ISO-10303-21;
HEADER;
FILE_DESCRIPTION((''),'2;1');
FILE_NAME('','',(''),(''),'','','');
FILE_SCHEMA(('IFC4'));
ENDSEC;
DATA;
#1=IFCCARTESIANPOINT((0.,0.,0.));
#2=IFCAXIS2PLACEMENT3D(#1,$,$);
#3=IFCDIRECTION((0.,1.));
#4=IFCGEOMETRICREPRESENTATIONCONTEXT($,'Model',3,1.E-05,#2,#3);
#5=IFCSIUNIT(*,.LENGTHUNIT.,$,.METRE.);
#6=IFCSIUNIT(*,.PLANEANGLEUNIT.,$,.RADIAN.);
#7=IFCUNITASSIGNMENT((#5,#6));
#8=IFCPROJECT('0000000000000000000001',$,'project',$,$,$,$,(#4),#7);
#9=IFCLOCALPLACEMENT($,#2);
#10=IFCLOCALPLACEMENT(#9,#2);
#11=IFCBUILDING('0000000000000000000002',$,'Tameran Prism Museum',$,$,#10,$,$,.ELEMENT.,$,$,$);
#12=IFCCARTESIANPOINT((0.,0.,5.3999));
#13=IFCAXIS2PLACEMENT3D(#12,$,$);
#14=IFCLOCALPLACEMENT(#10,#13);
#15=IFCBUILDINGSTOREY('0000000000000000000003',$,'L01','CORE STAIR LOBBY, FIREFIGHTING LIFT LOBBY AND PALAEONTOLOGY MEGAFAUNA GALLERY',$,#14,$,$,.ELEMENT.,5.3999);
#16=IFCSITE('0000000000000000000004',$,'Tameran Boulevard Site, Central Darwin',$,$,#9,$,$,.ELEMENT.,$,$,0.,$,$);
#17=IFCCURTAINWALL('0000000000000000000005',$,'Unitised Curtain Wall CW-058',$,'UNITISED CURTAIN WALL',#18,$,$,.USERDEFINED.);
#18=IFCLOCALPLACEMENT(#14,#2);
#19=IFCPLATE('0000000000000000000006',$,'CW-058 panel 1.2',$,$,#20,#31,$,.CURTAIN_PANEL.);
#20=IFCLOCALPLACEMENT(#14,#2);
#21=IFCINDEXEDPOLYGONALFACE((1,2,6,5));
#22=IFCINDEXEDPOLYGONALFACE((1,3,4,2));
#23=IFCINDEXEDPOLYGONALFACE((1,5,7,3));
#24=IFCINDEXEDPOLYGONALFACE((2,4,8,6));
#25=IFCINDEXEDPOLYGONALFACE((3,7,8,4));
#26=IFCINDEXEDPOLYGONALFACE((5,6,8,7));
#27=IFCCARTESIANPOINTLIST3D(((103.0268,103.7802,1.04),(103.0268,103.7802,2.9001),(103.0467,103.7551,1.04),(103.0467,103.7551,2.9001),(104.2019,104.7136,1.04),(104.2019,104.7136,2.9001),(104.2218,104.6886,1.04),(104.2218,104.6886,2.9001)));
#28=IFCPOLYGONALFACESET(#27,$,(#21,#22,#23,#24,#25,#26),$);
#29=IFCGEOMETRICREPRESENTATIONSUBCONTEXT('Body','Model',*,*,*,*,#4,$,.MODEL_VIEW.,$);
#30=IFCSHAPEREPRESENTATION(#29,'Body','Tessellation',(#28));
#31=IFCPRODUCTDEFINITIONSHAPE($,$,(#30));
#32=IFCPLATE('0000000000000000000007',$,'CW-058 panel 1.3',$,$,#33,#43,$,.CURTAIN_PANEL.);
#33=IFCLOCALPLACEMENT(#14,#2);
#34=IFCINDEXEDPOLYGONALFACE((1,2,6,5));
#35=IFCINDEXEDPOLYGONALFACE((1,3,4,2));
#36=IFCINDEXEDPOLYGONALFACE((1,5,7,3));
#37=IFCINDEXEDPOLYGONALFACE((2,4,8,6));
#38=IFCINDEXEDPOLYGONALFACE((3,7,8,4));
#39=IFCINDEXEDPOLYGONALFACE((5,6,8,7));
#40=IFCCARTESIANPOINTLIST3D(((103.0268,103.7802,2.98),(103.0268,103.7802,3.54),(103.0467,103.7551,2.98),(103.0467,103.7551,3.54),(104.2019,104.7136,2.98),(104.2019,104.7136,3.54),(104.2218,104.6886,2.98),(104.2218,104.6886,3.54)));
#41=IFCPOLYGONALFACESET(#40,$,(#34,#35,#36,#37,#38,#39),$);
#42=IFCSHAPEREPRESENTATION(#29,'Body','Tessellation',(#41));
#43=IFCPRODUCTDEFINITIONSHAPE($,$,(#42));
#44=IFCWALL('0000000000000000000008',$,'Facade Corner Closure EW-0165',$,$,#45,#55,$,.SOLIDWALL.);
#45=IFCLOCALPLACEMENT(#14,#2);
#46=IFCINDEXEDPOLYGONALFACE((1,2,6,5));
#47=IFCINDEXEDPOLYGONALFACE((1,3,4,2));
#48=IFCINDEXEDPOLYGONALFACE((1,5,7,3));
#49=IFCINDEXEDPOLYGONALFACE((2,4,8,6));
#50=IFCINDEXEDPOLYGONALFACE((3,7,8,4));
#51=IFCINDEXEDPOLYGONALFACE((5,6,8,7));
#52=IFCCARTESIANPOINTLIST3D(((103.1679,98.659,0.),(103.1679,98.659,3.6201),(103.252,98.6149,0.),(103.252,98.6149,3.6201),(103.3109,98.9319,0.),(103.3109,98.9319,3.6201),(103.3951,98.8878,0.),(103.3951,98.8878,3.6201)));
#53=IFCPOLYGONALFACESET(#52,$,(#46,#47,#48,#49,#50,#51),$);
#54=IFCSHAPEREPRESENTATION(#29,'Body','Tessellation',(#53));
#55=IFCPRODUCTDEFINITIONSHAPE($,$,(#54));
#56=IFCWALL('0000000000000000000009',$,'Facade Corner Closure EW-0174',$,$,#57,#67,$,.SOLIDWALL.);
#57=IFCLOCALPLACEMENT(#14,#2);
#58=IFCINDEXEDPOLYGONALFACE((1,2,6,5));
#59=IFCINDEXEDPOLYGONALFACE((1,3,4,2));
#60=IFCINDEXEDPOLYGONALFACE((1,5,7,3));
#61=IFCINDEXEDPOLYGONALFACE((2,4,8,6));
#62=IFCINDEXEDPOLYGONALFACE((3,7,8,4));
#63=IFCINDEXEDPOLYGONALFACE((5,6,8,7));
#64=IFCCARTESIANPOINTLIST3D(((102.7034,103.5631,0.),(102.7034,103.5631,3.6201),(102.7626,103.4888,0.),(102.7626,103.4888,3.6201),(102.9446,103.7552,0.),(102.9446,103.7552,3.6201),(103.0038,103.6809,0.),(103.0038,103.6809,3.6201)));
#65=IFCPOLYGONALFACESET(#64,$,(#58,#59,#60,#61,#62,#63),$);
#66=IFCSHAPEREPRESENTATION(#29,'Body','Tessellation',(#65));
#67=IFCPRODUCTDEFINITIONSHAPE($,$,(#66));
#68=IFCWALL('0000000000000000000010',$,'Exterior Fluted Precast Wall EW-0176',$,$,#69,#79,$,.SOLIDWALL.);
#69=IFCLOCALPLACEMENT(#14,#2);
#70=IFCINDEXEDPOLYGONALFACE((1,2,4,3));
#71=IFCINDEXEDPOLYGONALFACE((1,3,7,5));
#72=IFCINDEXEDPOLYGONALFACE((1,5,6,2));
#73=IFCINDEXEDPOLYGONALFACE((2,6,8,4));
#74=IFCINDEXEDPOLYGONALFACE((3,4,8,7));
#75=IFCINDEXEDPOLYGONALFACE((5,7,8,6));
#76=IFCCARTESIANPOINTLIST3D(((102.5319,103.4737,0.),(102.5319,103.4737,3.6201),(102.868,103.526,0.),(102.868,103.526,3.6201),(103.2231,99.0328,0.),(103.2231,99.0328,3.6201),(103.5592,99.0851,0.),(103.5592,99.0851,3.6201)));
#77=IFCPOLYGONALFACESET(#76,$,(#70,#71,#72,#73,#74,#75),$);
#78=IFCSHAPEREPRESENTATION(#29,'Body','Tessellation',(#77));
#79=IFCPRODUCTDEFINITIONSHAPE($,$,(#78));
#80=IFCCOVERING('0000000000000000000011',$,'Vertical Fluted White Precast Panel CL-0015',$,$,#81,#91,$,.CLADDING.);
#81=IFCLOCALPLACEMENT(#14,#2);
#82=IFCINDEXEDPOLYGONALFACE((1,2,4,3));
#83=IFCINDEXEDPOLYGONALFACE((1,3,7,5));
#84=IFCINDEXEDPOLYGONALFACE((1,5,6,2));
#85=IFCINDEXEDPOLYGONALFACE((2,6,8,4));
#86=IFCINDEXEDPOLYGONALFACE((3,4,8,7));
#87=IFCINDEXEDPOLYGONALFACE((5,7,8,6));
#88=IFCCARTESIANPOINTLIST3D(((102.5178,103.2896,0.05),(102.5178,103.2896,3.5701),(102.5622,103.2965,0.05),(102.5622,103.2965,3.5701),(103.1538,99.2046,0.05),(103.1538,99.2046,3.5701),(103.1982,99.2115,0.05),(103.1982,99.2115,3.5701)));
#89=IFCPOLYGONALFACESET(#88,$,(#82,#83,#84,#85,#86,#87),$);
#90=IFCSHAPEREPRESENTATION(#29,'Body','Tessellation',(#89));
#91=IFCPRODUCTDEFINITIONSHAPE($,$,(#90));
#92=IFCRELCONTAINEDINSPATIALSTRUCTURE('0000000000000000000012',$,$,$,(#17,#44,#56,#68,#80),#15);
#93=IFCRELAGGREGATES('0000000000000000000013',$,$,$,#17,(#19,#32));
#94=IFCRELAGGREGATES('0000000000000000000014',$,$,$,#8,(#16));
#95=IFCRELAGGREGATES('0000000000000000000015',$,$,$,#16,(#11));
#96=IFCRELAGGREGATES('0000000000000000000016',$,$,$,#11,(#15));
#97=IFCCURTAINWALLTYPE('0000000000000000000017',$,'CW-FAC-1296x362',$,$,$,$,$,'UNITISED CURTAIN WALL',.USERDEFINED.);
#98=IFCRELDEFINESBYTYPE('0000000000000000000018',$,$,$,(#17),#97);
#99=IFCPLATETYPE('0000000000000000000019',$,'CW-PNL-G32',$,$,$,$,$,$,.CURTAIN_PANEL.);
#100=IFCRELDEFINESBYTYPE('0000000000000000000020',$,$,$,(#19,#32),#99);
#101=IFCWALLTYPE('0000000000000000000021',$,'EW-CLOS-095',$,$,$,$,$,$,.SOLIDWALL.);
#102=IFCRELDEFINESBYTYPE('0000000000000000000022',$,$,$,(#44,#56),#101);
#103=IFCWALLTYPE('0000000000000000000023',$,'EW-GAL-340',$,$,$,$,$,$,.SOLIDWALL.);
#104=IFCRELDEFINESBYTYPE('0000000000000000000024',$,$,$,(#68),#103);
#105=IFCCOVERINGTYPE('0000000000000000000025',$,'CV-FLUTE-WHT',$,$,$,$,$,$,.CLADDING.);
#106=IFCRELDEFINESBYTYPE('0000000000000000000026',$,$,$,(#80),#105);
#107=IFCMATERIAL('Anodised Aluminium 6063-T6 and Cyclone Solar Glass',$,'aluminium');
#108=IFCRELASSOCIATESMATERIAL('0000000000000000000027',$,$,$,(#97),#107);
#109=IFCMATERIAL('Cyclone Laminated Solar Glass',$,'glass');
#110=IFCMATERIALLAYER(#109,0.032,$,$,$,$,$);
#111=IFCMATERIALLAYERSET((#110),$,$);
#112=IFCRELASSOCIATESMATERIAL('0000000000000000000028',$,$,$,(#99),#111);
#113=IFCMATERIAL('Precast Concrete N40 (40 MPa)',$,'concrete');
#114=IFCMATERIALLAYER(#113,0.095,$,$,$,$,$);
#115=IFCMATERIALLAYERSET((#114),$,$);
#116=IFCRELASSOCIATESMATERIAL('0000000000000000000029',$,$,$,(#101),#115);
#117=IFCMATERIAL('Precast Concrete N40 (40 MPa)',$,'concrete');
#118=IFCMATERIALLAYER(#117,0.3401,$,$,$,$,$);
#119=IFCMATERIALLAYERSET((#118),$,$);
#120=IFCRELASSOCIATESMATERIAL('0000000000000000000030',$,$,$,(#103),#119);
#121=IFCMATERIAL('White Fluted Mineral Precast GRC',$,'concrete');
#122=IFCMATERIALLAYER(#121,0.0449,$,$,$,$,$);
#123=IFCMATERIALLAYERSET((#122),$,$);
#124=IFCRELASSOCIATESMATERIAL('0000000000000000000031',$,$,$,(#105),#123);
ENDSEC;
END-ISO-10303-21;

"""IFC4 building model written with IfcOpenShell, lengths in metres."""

from ifc_helpers import new_model, si_unit, direction, frame, frame_2d, origin, origin_2d, place, context, subcontext, project, spatial, rectangle, extrude, material, layer, layer_set, type_object, element, aggregate, save


model = new_model("IFC4")

# Units and contexts
model_context = context("Model", 3, precision=1e-05, world=origin(), true_north=direction((0.0, 1.0)))
body_context = subcontext(model_context, "Body", "Model", "MODEL_VIEW")
ifc_project = project(units=[si_unit("LENGTHUNIT", "METRE"), si_unit("PLANEANGLEUNIT", "RADIAN")], contexts=[model_context])

# Site, building, storey
site_placement = place(None, origin())
site = spatial("IfcSite", under=ifc_project, at=site_placement, Name="Tameran Boulevard Site, Central Darwin", CompositionType="ELEMENT", RefElevation=0.0)
building_placement = place(site_placement, origin())
building = spatial("IfcBuilding", under=site, at=building_placement, Name="Tameran Prism Museum", CompositionType="ELEMENT")
storey_placement = place(building_placement, frame((0.0, 0.0, 5.3999)))
storey = spatial("IfcBuildingStorey", under=building, at=storey_placement, Name="L01", Description="CORE STAIR LOBBY, FIREFIGHTING LIFT LOBBY AND PALAEONTOLOGY MEGAFAUNA GALLERY", CompositionType="ELEMENT", Elevation=5.3999)

# Curtain wall
ifc_material_1 = material(Name="Anodised Aluminium 6063-T6 and Cyclone Solar Glass", Category="aluminium")
curtain_wall_type_1 = type_object("IfcCurtainWallType", Name="CW-FAC-1296x362", ElementType="UNITISED CURTAIN WALL", PredefinedType="USERDEFINED", material=ifc_material_1)
curtain_wall_1_placement = place(storey_placement, origin())
curtain_wall_1 = element("IfcCurtainWall", 1, at=curtain_wall_1_placement, inside=storey, type_object=curtain_wall_type_1, Name="Unitised Curtain Wall CW-058", ObjectType="UNITISED CURTAIN WALL", PredefinedType="USERDEFINED")

# Plates
ifc_material_2 = material(Name="Cyclone Laminated Solar Glass", Category="glass")
ifc_layer_1 = layer(ifc_material_2, 0.032)
ifc_layer_set_1 = layer_set([ifc_layer_1])
plate_type = type_object("IfcPlateType", Name="CW-PNL-G32", PredefinedType="CURTAIN_PANEL", material=ifc_layer_set_1)
plate_1_placement = place(storey_placement, frame((103.6243, 104.2344, 1.04), z_axis=(0.0, 0.0, 1.0), x_axis=(0.783031, 0.621982, 0.0)))
plate_1 = element("IfcPlate", 2, at=plate_1_placement, type_object=plate_type, Name="CW-058 panel 1.2", PredefinedType="CURTAIN_PANEL", context=body_context, shape_type="SweptSolid", body=[
    extrude(rectangle(XDim=1.5007, YDim=0.032, at=origin_2d()), origin(), (0.0, 0.0, 1.0), 1.8601),
])
plate_2_placement = place(storey_placement, frame((103.6243, 104.2344, 2.98), z_axis=(0.0, 0.0, 1.0), x_axis=(0.783031, 0.621982, 0.0)))
plate_2 = element("IfcPlate", 3, at=plate_2_placement, type_object=plate_type, Name="CW-058 panel 1.3", PredefinedType="CURTAIN_PANEL", context=body_context, shape_type="SweptSolid", body=[
    extrude(rectangle(XDim=1.5007, YDim=0.032, at=origin_2d()), origin(), (0.0, 0.0, 1.0), 0.5601),
])
aggregate(curtain_wall_1, [plate_1, plate_2])

# Walls
ifc_material_3 = material(Name="Precast Concrete N40 (40 MPa)", Category="concrete")
ifc_layer_2 = layer(ifc_material_3, 0.095)
ifc_layer_set_2 = layer_set([ifc_layer_2])
wall_type_1 = type_object("IfcWallType", Name="EW-CLOS-095", PredefinedType="SOLIDWALL", material=ifc_layer_set_2)
wall_1_placement = place(storey_placement, frame((103.21, 98.637, 0.0), z_axis=(0.0, 0.0, 1.0), x_axis=(0.464244, 0.885707, 0.0)))
element("IfcWall", 4, at=wall_1_placement, inside=storey, type_object=wall_type_1, Name="Facade Corner Closure EW-0165", PredefinedType="SOLIDWALL", context=body_context, shape_type="SweptSolid", body=[
    extrude(rectangle(XDim=0.3081, YDim=0.095, at=frame_2d((0.1541, 0.0))), origin(), (0.0, 0.0, 1.0), 3.6201),
])
wall_2_placement = place(storey_placement, frame((102.7329, 103.5259, 0.0), z_axis=(0.0, 0.0, 1.0), x_axis=(0.78218, 0.623052, 0.0)))
element("IfcWall", 5, at=wall_2_placement, inside=storey, type_object=wall_type_1, Name="Facade Corner Closure EW-0174", PredefinedType="SOLIDWALL", context=body_context, shape_type="SweptSolid", body=[
    extrude(rectangle(XDim=0.3083, YDim=0.095, at=frame_2d((0.1543, 0.0))), origin(), (0.0, 0.0, 1.0), 3.6201),
])
ifc_material_4 = material(Name="Precast Concrete N40 (40 MPa)", Category="concrete")
ifc_layer_3 = layer(ifc_material_4, 0.3401)
ifc_layer_set_3 = layer_set([ifc_layer_3])
wall_type_2 = type_object("IfcWallType", Name="EW-GAL-340", PredefinedType="SOLIDWALL", material=ifc_layer_set_3)
wall_3_placement = place(storey_placement, frame((103.3911, 99.0591, 0.0), z_axis=(0.0, 0.0, 1.0), x_axis=(-0.153784, 0.988105, 0.0)))
element("IfcWall", 6, at=wall_3_placement, inside=storey, type_object=wall_type_2, Name="Exterior Fluted Precast Wall EW-0176", PredefinedType="SOLIDWALL", context=body_context, shape_type="SweptSolid", body=[
    extrude(rectangle(XDim=4.4944, YDim=0.3401, at=frame_2d((2.2471, 0.0))), origin(), (0.0, 0.0, 1.0), 3.6201),
])

# Covering
ifc_material_5 = material(Name="White Fluted Mineral Precast GRC", Category="concrete")
ifc_layer_4 = layer(ifc_material_5, 0.0449)
ifc_layer_set_4 = layer_set([ifc_layer_4])
covering_type = type_object("IfcCoveringType", Name="CV-FLUTE-WHT", PredefinedType="CLADDING", material=ifc_layer_set_4)
covering_placement = place(storey_placement, frame((103.176, 99.208, 0.05), z_axis=(0.0, 0.0, 1.0), x_axis=(-0.153836, 0.988096, 0.0)))
element("IfcCovering", 7, at=covering_placement, inside=storey, type_object=covering_type, Name="Vertical Fluted White Precast Panel CL-0015", PredefinedType="CLADDING", context=body_context, shape_type="SweptSolid", body=[
    extrude(rectangle(XDim=4.1343, YDim=0.0449, at=frame_2d((2.0671, 0.0))), origin(), (0.0, 0.0, 1.0), 3.52),
])

save(model, "model.ifc")
